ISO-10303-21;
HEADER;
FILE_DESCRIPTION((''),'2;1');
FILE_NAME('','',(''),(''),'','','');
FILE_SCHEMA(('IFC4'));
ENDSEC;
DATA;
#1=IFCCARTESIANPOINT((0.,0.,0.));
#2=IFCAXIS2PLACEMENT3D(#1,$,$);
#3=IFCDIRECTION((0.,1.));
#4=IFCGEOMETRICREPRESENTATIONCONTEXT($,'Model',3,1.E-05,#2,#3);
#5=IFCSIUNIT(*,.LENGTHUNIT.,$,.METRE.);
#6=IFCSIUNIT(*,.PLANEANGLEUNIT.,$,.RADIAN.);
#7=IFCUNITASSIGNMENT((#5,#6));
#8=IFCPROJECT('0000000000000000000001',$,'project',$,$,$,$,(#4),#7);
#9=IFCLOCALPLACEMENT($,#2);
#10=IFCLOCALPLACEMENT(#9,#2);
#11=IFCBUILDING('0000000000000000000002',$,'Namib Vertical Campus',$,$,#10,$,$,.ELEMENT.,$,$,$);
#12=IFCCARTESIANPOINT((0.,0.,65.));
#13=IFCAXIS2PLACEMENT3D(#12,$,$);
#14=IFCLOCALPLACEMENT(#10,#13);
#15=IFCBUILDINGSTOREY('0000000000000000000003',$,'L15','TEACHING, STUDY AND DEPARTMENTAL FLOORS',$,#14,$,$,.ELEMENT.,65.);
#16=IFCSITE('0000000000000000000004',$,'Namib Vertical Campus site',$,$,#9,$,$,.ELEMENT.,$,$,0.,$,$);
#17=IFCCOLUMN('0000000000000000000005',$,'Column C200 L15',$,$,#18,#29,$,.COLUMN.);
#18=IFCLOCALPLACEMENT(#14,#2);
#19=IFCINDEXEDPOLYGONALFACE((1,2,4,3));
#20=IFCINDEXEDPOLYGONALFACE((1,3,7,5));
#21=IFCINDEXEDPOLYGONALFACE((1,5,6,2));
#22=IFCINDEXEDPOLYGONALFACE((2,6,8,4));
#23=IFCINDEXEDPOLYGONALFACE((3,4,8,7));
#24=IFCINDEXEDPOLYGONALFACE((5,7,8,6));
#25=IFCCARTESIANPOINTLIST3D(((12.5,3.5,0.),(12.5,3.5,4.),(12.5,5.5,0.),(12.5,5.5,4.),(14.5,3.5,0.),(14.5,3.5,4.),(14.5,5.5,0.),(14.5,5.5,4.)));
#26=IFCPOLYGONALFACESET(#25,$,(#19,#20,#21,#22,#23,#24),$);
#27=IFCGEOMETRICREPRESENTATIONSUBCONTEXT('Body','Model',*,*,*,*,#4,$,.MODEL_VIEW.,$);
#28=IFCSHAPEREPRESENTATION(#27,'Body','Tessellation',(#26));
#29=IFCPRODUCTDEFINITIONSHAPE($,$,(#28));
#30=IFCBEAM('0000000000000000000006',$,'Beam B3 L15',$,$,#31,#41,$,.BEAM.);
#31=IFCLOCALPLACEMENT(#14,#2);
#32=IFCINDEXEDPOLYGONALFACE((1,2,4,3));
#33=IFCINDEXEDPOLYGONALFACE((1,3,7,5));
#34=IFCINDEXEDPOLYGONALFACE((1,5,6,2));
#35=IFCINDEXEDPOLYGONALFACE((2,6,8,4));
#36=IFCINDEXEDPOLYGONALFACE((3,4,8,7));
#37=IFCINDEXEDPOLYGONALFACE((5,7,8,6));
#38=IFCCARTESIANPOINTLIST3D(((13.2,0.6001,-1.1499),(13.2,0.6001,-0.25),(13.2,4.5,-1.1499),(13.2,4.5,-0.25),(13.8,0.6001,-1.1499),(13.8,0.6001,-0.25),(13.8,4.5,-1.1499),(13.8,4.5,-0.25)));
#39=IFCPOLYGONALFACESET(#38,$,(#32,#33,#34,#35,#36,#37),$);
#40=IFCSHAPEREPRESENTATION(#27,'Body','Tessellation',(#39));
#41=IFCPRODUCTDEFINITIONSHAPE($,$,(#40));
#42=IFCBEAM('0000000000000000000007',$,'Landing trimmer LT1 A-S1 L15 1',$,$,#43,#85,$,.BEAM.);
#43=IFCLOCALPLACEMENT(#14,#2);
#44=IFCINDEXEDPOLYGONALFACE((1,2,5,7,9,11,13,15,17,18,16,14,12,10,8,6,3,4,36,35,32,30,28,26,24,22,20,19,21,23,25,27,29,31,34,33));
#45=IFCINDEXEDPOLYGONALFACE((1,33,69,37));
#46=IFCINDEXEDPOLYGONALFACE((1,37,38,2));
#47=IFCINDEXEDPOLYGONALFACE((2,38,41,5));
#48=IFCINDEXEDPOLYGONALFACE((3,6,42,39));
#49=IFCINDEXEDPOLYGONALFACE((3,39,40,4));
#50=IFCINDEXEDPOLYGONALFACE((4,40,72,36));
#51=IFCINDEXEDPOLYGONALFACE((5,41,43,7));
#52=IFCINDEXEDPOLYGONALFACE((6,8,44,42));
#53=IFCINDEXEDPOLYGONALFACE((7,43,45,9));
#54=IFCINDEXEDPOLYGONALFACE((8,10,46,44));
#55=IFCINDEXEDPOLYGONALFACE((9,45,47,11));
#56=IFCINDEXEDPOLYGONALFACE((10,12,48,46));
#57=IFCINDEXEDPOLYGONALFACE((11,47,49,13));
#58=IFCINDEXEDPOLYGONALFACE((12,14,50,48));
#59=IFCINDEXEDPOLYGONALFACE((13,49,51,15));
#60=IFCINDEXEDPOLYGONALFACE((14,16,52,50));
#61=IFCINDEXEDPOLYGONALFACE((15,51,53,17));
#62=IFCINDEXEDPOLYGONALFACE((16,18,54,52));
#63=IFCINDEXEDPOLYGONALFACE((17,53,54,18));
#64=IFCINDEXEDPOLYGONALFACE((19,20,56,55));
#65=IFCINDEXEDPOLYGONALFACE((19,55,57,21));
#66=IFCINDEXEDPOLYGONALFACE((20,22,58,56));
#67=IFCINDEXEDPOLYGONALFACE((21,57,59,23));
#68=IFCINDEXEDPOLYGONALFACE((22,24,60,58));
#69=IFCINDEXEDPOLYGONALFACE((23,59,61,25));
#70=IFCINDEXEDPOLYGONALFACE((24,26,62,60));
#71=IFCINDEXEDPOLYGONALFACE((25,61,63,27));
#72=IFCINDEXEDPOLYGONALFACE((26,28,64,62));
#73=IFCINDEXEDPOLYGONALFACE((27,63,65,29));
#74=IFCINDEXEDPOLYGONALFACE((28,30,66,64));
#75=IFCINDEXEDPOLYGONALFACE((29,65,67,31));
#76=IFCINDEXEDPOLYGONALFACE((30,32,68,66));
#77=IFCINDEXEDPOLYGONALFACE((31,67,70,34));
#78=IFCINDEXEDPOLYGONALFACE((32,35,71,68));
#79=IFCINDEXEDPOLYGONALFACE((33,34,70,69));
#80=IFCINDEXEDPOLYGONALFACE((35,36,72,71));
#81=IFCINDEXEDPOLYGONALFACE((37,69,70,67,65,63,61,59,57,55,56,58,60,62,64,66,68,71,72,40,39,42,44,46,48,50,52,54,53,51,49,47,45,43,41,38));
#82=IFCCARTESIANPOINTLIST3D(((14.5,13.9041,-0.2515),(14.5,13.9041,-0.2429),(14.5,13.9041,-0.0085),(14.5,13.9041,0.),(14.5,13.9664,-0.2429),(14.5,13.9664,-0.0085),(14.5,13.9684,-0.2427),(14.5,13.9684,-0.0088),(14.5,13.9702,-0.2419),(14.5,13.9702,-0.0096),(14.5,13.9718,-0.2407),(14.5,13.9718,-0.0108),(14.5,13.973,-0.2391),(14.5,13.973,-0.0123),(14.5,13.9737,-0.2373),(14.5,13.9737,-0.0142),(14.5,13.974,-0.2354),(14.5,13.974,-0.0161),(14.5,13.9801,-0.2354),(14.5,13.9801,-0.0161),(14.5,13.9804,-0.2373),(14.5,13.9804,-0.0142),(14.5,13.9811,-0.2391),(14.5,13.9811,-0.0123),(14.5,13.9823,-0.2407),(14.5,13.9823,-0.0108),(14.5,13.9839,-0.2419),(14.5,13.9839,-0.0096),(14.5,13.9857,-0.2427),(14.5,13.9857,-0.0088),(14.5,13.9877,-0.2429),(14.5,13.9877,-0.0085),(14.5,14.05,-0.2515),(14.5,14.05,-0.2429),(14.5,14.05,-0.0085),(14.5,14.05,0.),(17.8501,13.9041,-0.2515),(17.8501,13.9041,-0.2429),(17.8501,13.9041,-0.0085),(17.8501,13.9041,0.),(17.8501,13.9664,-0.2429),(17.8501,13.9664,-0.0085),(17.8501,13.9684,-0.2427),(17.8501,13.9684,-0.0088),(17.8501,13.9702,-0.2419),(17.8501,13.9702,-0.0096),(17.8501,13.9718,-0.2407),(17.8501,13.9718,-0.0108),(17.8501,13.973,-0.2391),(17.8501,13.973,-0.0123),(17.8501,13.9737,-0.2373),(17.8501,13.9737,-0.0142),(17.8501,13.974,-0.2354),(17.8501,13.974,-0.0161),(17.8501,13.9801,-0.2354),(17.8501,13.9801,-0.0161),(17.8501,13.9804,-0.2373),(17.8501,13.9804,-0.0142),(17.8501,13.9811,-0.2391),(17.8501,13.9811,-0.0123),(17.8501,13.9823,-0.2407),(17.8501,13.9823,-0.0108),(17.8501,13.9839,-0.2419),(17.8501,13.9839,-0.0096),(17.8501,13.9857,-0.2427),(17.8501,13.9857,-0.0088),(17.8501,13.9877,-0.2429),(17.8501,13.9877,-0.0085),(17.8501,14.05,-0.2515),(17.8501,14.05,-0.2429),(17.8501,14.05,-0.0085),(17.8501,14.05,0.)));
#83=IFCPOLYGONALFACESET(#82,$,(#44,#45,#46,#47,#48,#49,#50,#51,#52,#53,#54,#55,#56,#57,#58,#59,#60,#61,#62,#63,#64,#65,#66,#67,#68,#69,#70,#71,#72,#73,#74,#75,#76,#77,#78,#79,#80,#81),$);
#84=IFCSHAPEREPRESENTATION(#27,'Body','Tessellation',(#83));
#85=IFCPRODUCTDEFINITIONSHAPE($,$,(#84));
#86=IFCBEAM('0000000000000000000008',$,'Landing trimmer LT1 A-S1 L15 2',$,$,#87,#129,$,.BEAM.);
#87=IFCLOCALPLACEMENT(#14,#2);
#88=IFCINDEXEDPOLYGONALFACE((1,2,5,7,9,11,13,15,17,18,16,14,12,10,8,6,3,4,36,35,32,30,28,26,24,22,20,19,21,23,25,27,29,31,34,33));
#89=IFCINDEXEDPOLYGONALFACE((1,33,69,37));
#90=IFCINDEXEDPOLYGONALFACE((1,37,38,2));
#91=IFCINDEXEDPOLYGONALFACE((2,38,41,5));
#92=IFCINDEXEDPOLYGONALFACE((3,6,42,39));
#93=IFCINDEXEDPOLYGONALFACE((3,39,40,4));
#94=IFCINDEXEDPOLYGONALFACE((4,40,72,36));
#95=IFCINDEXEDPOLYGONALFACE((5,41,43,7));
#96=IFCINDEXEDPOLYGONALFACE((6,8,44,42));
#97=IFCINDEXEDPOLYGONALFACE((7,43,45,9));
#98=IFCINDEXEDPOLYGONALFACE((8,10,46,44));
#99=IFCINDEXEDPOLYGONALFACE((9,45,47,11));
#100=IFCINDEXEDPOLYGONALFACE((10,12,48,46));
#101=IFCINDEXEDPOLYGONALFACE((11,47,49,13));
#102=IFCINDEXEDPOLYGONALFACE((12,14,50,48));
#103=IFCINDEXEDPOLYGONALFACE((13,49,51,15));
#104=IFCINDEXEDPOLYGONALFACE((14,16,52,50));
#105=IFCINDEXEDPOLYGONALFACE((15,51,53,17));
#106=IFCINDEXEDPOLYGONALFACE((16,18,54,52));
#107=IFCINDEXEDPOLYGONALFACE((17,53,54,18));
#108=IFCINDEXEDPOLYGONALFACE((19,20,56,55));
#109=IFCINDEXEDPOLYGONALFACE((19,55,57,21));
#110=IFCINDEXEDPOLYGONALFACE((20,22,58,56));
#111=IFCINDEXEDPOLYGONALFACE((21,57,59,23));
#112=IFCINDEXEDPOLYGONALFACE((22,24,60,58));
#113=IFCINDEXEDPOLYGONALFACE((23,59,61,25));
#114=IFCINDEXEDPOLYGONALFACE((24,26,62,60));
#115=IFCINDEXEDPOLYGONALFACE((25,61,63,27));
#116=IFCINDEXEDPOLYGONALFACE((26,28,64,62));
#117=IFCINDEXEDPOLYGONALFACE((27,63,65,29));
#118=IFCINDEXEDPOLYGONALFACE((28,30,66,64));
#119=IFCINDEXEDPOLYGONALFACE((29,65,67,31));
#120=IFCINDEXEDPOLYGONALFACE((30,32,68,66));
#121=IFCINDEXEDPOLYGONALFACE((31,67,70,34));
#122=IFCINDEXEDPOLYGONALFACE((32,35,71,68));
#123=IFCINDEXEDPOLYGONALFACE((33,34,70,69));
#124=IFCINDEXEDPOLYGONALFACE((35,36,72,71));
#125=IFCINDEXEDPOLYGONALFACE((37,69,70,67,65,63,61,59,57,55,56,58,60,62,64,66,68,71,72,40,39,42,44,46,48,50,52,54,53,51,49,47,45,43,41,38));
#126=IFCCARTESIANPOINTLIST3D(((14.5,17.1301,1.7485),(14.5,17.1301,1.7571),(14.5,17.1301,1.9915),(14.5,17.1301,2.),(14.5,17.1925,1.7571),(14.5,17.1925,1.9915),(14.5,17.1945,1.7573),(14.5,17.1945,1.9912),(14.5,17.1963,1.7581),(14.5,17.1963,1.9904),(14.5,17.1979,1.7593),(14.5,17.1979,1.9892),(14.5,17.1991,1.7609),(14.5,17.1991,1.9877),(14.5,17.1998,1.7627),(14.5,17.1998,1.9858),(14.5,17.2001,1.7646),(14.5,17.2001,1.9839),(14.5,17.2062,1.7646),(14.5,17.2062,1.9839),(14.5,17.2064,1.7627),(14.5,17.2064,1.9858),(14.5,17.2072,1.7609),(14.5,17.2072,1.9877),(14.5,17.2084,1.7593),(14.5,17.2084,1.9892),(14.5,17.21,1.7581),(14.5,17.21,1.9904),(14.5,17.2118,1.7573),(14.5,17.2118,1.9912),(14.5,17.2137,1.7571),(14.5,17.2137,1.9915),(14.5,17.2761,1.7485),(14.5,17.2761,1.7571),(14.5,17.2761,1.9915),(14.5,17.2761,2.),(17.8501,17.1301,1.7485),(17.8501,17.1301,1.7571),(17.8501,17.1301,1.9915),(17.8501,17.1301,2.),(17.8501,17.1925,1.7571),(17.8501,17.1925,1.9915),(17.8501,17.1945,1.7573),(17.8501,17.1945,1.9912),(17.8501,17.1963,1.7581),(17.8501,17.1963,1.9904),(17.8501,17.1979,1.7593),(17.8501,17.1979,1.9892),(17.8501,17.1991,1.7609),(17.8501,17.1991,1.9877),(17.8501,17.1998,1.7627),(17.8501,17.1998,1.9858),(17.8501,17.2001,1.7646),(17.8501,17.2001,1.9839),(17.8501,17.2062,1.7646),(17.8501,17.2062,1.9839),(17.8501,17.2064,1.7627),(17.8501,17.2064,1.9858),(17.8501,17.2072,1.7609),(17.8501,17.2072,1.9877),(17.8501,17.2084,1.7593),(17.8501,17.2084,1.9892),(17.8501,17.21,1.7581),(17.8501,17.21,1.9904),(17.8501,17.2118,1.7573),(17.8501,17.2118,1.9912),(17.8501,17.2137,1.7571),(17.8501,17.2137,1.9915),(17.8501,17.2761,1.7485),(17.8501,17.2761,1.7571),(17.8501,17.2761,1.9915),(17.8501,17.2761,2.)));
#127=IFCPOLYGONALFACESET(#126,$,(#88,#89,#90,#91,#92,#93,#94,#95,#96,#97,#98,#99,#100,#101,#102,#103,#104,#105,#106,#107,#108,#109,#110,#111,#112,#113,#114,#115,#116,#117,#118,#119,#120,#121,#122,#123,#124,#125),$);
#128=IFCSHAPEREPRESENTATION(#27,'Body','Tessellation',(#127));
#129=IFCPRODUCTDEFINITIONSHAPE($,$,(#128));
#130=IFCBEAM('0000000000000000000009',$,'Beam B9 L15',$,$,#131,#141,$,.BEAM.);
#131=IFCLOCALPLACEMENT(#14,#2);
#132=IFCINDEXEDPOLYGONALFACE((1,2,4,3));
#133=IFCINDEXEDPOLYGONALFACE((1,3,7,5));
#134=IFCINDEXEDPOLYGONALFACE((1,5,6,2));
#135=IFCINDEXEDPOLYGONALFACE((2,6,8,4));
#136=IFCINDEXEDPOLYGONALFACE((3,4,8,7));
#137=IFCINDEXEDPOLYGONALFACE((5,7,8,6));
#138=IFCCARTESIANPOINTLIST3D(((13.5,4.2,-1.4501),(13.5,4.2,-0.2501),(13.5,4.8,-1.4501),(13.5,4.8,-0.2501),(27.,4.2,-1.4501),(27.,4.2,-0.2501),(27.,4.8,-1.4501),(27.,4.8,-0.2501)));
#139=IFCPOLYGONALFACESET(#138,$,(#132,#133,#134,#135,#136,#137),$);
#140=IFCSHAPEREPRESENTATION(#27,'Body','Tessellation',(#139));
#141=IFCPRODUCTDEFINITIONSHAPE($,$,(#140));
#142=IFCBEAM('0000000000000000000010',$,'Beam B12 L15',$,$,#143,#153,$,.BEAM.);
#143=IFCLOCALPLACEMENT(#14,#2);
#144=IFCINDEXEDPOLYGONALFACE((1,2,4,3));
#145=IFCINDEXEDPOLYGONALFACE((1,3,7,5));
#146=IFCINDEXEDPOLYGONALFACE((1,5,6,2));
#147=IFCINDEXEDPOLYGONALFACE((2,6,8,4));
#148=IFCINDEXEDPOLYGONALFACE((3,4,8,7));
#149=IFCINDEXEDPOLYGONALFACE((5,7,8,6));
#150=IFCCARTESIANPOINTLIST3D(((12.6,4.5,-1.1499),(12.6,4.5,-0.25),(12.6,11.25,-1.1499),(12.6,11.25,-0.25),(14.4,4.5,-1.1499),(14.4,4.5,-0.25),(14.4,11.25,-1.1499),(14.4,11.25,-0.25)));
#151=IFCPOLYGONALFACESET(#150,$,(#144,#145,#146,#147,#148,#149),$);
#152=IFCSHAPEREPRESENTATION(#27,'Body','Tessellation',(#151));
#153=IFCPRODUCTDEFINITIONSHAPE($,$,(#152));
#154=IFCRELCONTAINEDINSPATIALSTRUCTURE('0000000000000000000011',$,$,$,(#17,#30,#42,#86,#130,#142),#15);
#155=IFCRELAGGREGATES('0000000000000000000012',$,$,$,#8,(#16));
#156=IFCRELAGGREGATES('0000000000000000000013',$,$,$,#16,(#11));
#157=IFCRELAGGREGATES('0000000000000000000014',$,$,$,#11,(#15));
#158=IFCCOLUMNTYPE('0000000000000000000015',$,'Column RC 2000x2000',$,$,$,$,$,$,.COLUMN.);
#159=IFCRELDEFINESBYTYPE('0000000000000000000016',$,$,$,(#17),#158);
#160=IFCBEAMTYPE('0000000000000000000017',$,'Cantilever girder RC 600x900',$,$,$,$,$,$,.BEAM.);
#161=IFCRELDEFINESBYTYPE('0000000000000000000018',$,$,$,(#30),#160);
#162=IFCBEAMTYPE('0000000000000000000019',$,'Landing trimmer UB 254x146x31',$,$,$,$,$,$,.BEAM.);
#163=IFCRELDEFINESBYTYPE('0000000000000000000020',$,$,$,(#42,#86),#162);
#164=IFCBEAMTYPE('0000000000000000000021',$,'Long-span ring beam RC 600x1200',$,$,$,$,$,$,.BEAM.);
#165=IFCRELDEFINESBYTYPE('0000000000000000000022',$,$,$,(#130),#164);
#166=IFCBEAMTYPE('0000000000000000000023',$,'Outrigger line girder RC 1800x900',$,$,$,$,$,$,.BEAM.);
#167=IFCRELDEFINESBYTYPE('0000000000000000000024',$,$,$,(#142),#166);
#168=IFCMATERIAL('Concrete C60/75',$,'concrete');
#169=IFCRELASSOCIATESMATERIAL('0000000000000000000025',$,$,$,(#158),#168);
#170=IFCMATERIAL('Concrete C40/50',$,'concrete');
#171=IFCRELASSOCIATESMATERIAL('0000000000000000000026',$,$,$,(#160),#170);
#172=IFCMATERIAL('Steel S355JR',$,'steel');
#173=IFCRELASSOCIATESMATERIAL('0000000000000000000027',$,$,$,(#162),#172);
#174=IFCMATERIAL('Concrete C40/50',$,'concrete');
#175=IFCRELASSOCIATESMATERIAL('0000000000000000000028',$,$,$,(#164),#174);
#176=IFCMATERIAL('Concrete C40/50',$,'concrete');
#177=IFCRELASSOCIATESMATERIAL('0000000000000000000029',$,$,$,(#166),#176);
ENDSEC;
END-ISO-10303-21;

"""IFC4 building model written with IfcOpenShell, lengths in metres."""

from ifc_helpers import new_model, si_unit, direction, frame, origin, origin_2d, place, context, subcontext, project, spatial, rectangle, i_section, extrude, material, material_profile, profile_set, type_object, element, save


model = new_model("IFC4")

# Units and contexts
model_context = context("Model", 3, precision=1e-05, world=origin(), true_north=direction((0.0, 1.0)))
body_context = subcontext(model_context, "Body", "Model", "MODEL_VIEW")
ifc_project = project(units=[si_unit("LENGTHUNIT", "METRE"), si_unit("PLANEANGLEUNIT", "RADIAN")], contexts=[model_context])

# Site, building, storey
site_placement = place(None, origin())
site = spatial("IfcSite", under=ifc_project, at=site_placement, Name="Namib Vertical Campus site", CompositionType="ELEMENT", RefElevation=0.0)
building_placement = place(site_placement, origin())
building = spatial("IfcBuilding", under=site, at=building_placement, Name="Namib Vertical Campus", CompositionType="ELEMENT")
storey_placement = place(building_placement, frame((0.0, 0.0, 65.0)))
storey = spatial("IfcBuildingStorey", under=building, at=storey_placement, Name="L15", Description="TEACHING, STUDY AND DEPARTMENTAL FLOORS", CompositionType="ELEMENT", Elevation=65.0)

# Column
ifc_material_1 = material(Name="Concrete C60/75", Category="concrete")
ifc_material_profile_1 = material_profile(ifc_material_1, rectangle(XDim=2.0, YDim=2.0, at=origin_2d()))
ifc_profile_set_1 = profile_set([ifc_material_profile_1], Name="Concrete C60/75")
column_type = type_object("IfcColumnType", Name="Column RC 2000x2000", PredefinedType="COLUMN", material=ifc_profile_set_1)
column_placement = place(storey_placement, frame((13.5, 4.5, 0.0), z_axis=(0.0, 0.0, 1.0), x_axis=(1.0, 0.0, 0.0)))
element("IfcColumn", 1, at=column_placement, inside=storey, type_object=column_type, Name="Column C200 L15", PredefinedType="COLUMN", context=body_context, shape_type="SweptSolid", body=[
    extrude(rectangle(XDim=2.0, YDim=2.0, at=origin_2d()), origin(), (0.0, 0.0, 1.0), 4.0),
])

# Beams
ifc_material_2 = material(Name="Concrete C40/50", Category="concrete")
ifc_material_profile_2 = material_profile(ifc_material_2, rectangle(XDim=0.6001, YDim=0.8999, at=origin_2d()))
ifc_profile_set_2 = profile_set([ifc_material_profile_2], Name="Concrete C40/50")
beam_type_1 = type_object("IfcBeamType", Name="Cantilever girder RC 600x900", PredefinedType="BEAM", material=ifc_profile_set_2)
beam_1_placement = place(storey_placement, frame((13.5, 4.5, -0.7), z_axis=(0.0, -1.0, 0.0), x_axis=(1.0, 0.0, 0.0)))
element("IfcBeam", 2, at=beam_1_placement, inside=storey, type_object=beam_type_1, Name="Beam B3 L15", PredefinedType="BEAM", context=body_context, shape_type="SweptSolid", body=[
    extrude(rectangle(XDim=0.6001, YDim=0.8999, at=origin_2d()), origin(), (0.0, 0.0, 1.0), 3.8999),
])
ifc_material_3 = material(Name="Steel S355JR", Category="steel")
ifc_material_profile_3 = material_profile(ifc_material_3, i_section(OverallWidth=0.146, OverallDepth=0.2515, WebThickness=0.0061, FlangeThickness=0.0085, FilletRadius=0.0076, at=origin_2d()))
ifc_profile_set_3 = profile_set([ifc_material_profile_3], Name="Steel S355JR")
beam_type_2 = type_object("IfcBeamType", Name="Landing trimmer UB 254x146x31", PredefinedType="BEAM", material=ifc_profile_set_3)
for number, where, z_axis, x_axis, name in (
    (3, (14.5, 13.9771, -0.1257), (1.0, 0.0, 0.0), (0.0, 1.0, 0.0), "Landing trimmer LT1 A-S1 L15 1"),
    (4, (14.5, 17.2031, 1.8743), (1.0, 0.0, 0.0), (0.0, 1.0, 0.0), "Landing trimmer LT1 A-S1 L15 2"),
):
    element("IfcBeam", number, at=place(storey_placement, frame(where, z_axis=z_axis, x_axis=x_axis)), inside=storey, type_object=beam_type_2, Name=name, PredefinedType="BEAM", context=body_context, shape_type="SweptSolid", body=[
        extrude(i_section(OverallWidth=0.146, OverallDepth=0.2515, WebThickness=0.0061, FlangeThickness=0.0085, FilletRadius=0.0076, at=origin_2d()), origin(), (0.0, 0.0, 1.0), 3.3501),
    ])
ifc_material_4 = material(Name="Concrete C40/50", Category="concrete")
ifc_material_profile_4 = material_profile(ifc_material_4, rectangle(XDim=0.6001, YDim=1.2, at=origin_2d()))
ifc_profile_set_4 = profile_set([ifc_material_profile_4], Name="Concrete C40/50")
beam_type_3 = type_object("IfcBeamType", Name="Long-span ring beam RC 600x1200", PredefinedType="BEAM", material=ifc_profile_set_4)
beam_2_placement = place(storey_placement, frame((13.5, 4.5, -0.8501), z_axis=(1.0, 0.0, 0.0), x_axis=(0.0, 1.0, 0.0)))
element("IfcBeam", 5, at=beam_2_placement, inside=storey, type_object=beam_type_3, Name="Beam B9 L15", PredefinedType="BEAM", context=body_context, shape_type="SweptSolid", body=[
    extrude(rectangle(XDim=0.6001, YDim=1.2, at=origin_2d()), origin(), (0.0, 0.0, 1.0), 13.5),
])
ifc_material_5 = material(Name="Concrete C40/50", Category="concrete")
ifc_material_profile_5 = material_profile(ifc_material_5, rectangle(XDim=1.8, YDim=0.8999, at=origin_2d()))
ifc_profile_set_5 = profile_set([ifc_material_profile_5], Name="Concrete C40/50")
beam_type_4 = type_object("IfcBeamType", Name="Outrigger line girder RC 1800x900", PredefinedType="BEAM", material=ifc_profile_set_5)
beam_3_placement = place(storey_placement, frame((13.5, 4.5, -0.7), z_axis=(0.0, 1.0, 0.0), x_axis=(-1.0, 0.0, 0.0)))
element("IfcBeam", 6, at=beam_3_placement, inside=storey, type_object=beam_type_4, Name="Beam B12 L15", PredefinedType="BEAM", context=body_context, shape_type="SweptSolid", body=[
    extrude(rectangle(XDim=1.8, YDim=0.8999, at=origin_2d()), origin(), (0.0, 0.0, 1.0), 6.75),
])

save(model, "model.ifc")
